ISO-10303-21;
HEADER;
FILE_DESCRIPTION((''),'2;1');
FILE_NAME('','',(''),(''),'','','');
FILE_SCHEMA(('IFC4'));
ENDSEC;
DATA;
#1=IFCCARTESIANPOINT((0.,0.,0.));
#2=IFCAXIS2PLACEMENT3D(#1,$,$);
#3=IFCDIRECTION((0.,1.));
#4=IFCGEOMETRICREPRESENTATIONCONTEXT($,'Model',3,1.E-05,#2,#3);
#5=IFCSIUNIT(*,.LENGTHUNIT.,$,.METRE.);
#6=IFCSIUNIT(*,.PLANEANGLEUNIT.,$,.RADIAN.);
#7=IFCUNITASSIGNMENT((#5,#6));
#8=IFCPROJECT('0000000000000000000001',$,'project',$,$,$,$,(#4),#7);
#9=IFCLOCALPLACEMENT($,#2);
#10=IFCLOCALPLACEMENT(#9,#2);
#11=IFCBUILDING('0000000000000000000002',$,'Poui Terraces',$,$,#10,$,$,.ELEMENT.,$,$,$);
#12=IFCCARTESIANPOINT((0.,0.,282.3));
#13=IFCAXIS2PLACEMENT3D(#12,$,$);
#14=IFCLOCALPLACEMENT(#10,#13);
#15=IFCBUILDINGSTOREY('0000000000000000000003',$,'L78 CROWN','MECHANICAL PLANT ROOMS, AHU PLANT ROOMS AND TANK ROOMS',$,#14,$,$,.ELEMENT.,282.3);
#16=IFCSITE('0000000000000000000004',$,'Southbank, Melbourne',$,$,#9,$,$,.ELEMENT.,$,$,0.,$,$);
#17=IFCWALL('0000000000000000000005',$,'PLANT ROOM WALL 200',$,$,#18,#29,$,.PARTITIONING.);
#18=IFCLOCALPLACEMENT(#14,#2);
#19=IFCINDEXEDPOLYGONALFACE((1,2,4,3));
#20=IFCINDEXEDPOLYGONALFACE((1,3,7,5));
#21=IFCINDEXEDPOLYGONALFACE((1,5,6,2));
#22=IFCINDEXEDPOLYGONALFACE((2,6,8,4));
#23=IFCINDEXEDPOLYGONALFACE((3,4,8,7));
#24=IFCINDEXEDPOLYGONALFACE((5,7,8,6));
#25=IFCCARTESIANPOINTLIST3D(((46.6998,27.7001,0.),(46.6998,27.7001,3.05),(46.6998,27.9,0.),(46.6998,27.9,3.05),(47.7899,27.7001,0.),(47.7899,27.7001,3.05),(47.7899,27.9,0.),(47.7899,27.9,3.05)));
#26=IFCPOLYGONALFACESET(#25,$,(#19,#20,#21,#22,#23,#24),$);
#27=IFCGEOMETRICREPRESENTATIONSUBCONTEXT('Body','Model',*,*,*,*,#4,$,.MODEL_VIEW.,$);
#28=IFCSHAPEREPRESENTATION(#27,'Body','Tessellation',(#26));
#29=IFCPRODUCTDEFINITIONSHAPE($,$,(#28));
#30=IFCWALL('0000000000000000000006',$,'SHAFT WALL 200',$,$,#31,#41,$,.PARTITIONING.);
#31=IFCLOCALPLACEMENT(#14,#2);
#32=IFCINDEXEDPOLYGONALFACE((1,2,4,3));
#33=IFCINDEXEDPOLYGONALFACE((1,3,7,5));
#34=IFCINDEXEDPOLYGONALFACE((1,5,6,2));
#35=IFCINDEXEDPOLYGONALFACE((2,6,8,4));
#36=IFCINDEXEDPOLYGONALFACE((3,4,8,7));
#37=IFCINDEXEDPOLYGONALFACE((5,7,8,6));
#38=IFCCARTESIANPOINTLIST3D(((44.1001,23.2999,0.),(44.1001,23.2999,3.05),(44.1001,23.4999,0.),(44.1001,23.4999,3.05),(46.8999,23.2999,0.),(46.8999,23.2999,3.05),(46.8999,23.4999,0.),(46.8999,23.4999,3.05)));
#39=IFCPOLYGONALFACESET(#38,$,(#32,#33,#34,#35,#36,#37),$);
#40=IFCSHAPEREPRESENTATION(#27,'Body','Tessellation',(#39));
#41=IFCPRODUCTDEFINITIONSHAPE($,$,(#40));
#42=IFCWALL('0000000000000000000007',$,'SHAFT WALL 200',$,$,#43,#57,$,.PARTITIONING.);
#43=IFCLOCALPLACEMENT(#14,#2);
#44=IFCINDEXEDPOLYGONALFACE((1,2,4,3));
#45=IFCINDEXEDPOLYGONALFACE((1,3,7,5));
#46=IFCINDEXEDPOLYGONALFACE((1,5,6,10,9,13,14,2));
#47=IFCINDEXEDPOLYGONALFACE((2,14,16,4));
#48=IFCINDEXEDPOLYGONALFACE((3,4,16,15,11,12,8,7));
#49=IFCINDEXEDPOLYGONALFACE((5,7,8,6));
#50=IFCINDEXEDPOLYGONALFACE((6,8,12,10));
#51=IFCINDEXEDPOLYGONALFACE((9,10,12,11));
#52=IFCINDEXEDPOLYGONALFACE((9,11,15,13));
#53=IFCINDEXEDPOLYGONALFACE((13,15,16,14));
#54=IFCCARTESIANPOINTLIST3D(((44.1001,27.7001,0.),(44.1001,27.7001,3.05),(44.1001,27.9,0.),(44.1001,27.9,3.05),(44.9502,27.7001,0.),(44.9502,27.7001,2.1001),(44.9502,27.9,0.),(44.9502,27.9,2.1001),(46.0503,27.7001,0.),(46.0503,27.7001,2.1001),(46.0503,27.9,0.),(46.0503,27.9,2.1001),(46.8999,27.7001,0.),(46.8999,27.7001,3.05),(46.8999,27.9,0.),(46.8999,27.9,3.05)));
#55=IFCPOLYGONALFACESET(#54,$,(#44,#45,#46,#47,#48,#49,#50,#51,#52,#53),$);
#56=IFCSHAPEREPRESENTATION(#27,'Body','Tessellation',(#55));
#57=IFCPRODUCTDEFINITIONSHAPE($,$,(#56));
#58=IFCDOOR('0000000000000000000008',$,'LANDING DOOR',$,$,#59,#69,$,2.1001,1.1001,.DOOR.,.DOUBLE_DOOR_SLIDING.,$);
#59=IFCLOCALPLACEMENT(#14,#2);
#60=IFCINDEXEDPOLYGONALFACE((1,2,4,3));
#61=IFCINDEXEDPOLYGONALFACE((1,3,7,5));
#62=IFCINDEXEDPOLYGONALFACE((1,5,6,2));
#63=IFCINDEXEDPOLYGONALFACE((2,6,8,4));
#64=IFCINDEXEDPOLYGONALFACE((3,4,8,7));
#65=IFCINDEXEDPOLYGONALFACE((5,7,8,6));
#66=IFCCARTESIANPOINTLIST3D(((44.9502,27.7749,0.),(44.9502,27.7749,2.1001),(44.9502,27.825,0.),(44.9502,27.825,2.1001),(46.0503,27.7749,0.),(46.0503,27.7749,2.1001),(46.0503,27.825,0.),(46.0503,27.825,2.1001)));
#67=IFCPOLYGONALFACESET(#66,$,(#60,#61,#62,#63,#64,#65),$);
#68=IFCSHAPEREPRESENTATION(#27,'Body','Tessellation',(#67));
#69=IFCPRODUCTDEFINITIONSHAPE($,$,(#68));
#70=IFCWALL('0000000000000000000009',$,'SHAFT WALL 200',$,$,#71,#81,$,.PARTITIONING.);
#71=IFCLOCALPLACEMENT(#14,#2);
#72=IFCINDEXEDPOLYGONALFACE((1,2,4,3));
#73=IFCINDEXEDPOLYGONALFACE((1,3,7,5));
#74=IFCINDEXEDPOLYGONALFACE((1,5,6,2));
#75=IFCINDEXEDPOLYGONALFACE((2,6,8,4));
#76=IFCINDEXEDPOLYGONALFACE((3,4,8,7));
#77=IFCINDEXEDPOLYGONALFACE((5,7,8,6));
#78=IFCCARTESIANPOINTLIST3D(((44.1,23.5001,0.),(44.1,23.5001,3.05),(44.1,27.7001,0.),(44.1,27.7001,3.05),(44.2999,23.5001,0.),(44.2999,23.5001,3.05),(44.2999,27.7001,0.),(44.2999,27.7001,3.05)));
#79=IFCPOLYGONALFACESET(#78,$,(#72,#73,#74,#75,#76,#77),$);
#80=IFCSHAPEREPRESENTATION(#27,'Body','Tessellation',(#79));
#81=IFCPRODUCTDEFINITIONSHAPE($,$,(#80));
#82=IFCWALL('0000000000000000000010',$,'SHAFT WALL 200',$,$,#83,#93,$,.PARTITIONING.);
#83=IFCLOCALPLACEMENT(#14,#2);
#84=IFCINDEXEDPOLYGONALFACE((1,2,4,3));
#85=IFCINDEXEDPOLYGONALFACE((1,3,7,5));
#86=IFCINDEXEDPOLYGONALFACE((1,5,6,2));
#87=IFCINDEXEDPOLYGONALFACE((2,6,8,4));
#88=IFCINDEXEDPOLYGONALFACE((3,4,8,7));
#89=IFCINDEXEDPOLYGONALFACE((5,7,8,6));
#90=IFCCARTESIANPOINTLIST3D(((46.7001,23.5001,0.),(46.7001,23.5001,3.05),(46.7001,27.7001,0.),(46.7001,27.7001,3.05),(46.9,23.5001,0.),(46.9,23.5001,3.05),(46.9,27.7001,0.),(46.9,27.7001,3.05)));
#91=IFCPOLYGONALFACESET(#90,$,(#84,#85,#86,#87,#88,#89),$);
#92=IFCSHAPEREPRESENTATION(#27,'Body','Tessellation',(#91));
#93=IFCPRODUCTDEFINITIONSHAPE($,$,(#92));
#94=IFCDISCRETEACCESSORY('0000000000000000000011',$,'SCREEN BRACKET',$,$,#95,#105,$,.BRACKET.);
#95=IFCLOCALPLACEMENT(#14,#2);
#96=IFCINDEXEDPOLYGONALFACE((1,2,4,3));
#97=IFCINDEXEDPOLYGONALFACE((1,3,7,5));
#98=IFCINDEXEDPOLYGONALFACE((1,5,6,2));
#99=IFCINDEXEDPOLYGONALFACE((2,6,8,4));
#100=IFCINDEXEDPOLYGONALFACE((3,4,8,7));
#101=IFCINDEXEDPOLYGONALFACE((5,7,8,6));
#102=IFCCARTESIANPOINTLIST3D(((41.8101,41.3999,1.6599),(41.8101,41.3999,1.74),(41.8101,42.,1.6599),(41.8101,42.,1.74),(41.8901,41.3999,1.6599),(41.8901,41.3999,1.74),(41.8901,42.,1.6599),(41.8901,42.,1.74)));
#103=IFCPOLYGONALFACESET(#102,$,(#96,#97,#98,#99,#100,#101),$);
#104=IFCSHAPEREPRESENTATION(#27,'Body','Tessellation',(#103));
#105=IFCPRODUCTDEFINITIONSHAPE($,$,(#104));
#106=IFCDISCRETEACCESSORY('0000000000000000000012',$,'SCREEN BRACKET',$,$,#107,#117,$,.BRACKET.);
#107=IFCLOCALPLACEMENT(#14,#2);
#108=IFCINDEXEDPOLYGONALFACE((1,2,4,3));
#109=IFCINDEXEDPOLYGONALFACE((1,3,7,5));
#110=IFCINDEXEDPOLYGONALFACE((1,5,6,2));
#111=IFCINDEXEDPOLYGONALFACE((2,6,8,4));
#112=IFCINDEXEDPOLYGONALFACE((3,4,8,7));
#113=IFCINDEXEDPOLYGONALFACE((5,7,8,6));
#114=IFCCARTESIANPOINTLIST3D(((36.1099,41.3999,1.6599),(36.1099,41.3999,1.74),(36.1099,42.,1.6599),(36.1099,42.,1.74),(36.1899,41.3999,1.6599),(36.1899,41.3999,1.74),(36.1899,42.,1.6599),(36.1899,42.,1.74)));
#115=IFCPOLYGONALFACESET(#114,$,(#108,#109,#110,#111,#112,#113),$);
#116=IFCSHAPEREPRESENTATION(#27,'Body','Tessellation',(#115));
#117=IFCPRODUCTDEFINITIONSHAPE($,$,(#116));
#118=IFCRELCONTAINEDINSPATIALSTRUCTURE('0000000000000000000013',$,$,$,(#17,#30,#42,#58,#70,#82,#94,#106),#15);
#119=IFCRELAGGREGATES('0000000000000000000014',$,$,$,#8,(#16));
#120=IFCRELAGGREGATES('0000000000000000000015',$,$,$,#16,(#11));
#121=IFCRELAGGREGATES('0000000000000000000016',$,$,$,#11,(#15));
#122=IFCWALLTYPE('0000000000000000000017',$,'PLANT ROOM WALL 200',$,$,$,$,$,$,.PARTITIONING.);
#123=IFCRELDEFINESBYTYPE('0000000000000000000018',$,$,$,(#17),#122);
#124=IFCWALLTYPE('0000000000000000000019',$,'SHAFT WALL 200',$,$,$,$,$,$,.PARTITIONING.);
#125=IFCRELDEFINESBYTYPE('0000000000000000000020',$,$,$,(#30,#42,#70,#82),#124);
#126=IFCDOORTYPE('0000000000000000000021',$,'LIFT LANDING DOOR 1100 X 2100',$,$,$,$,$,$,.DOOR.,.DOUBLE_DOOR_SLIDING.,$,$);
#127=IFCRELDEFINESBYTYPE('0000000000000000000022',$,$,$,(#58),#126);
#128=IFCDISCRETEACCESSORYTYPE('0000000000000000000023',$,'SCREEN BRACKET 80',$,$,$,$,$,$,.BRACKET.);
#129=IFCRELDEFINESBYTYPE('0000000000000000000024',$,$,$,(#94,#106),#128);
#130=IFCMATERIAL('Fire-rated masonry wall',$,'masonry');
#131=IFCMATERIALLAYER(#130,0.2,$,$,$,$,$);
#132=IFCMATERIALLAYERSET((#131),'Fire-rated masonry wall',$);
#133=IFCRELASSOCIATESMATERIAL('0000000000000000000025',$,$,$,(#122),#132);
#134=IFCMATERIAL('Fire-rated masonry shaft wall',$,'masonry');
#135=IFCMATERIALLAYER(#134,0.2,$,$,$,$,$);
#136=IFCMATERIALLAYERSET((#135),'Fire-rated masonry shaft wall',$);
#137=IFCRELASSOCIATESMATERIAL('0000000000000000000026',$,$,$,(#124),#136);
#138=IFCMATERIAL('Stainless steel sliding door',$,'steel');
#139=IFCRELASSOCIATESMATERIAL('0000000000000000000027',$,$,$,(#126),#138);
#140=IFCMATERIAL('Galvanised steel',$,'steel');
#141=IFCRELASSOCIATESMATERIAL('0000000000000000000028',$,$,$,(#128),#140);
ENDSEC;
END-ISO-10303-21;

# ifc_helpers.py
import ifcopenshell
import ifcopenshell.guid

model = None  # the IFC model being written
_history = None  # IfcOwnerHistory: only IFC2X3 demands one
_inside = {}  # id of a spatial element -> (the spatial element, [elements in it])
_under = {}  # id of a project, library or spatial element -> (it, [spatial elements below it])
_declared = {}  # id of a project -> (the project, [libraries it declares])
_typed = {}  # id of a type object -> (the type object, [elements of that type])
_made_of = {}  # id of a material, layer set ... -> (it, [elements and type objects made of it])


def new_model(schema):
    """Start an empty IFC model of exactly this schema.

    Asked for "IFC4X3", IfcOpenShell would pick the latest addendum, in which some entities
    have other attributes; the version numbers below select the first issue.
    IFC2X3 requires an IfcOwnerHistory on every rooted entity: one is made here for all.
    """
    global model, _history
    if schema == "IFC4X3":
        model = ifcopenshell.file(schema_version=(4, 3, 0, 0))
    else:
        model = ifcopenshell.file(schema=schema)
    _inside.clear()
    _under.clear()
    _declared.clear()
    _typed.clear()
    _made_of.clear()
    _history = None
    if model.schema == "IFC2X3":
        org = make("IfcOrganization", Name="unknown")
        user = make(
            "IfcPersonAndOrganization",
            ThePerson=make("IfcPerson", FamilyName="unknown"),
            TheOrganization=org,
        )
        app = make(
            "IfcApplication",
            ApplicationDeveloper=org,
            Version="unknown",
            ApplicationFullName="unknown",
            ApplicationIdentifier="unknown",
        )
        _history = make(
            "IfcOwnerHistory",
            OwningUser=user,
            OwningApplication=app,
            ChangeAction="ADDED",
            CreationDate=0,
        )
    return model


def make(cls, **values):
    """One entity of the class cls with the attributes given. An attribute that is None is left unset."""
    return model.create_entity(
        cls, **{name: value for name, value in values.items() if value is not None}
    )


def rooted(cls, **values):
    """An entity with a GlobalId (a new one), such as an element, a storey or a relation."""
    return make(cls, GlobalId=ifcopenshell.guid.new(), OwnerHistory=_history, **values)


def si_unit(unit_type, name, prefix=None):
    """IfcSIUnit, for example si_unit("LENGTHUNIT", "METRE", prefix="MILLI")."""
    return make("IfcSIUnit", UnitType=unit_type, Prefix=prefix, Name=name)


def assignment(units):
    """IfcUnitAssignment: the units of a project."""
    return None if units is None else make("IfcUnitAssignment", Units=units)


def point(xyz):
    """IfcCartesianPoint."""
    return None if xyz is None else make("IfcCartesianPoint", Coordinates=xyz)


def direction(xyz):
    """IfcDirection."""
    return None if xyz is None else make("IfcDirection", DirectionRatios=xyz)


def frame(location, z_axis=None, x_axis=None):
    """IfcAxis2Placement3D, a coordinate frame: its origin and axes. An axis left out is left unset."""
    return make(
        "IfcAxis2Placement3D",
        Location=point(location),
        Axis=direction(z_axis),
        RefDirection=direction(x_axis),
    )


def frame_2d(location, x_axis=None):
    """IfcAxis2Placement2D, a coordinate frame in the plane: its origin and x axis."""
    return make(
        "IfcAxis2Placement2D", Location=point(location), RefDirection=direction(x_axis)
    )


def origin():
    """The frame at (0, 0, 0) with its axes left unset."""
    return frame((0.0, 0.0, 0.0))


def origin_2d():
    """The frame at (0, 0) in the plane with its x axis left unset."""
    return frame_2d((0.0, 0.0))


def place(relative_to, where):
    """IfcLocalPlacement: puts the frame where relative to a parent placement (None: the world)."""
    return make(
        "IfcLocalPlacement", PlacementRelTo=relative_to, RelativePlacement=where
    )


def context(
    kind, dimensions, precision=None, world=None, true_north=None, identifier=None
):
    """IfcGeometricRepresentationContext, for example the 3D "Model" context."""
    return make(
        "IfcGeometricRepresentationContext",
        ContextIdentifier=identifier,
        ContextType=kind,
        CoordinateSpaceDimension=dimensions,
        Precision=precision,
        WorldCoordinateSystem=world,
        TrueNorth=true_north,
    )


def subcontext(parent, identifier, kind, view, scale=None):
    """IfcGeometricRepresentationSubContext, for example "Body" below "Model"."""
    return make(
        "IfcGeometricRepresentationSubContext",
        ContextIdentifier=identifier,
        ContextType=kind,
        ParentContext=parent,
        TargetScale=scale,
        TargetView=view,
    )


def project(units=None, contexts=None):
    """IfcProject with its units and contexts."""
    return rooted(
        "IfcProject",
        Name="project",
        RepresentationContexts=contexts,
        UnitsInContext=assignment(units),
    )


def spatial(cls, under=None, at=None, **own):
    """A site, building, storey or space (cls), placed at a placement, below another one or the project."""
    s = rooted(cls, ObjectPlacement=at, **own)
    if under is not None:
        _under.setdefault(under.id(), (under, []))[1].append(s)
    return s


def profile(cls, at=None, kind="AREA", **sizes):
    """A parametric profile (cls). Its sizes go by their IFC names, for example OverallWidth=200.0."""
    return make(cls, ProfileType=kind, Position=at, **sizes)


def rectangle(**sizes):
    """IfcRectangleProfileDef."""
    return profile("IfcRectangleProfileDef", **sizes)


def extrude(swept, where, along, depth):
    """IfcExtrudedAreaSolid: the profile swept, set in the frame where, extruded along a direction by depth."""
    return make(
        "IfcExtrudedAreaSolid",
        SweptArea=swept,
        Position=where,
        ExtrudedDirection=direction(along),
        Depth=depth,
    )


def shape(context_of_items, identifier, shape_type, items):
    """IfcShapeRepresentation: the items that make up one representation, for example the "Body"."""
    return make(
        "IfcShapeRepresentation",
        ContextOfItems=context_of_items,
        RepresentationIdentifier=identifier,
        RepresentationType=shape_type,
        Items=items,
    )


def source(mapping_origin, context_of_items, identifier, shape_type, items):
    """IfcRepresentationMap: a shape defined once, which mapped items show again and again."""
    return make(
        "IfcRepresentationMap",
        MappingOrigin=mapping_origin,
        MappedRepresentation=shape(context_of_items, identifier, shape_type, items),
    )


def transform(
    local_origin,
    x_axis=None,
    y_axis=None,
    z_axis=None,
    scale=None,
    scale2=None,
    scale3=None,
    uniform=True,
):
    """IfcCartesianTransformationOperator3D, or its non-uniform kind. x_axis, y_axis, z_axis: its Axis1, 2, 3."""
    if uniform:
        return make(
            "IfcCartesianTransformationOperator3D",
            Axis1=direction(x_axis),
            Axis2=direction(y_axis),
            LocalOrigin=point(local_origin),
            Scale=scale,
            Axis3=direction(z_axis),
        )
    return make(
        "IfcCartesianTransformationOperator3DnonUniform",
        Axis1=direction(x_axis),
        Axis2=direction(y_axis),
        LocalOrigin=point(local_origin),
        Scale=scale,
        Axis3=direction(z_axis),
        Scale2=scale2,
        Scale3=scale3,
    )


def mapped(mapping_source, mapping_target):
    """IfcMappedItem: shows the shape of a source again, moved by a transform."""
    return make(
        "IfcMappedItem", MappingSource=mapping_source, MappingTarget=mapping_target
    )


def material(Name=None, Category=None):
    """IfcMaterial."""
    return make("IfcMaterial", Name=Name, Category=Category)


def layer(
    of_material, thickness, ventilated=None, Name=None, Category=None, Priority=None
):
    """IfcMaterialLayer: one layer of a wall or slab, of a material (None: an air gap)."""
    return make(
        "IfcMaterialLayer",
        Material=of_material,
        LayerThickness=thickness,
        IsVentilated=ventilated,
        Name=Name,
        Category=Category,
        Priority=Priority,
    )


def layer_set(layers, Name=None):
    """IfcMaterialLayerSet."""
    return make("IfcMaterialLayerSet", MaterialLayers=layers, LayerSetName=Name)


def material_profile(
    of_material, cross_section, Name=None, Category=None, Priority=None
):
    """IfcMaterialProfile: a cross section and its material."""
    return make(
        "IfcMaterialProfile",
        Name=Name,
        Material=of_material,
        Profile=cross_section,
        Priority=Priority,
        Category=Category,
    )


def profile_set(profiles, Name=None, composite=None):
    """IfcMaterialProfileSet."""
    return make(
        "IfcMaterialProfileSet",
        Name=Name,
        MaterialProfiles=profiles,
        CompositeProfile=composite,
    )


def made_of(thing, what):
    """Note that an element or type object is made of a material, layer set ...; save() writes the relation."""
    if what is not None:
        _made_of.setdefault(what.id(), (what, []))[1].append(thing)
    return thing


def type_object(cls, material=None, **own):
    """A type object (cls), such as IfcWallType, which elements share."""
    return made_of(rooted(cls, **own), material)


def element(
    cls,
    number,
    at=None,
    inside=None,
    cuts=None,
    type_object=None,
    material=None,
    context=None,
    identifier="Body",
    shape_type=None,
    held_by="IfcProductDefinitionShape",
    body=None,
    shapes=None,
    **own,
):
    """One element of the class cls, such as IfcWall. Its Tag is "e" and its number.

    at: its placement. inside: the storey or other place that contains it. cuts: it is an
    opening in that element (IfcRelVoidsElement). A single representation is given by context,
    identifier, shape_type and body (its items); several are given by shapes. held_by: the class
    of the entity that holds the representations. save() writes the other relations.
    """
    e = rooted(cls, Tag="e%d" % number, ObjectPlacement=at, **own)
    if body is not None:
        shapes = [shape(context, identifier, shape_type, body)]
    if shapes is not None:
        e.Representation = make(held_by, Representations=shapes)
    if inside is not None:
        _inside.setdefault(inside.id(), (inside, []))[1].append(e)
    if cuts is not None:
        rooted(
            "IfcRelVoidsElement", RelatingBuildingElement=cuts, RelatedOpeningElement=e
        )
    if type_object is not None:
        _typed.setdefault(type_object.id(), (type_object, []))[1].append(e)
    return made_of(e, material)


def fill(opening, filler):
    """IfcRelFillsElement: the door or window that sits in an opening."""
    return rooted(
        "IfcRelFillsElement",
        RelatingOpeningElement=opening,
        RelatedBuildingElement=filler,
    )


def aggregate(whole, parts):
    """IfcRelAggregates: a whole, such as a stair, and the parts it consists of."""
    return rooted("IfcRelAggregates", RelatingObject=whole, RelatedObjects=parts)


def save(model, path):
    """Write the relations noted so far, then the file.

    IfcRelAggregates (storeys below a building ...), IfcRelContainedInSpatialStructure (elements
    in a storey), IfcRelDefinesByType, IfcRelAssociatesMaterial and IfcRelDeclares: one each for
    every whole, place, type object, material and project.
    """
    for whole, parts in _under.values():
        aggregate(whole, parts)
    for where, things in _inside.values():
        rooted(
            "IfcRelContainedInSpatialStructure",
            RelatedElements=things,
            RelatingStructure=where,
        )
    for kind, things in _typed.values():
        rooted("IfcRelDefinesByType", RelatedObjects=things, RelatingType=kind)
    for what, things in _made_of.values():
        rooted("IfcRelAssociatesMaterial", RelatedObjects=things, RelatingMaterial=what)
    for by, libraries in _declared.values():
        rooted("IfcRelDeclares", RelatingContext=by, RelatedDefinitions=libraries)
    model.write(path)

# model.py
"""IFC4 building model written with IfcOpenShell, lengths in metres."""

from ifc_helpers import new_model, si_unit, direction, frame, frame_2d, origin, origin_2d, place, context, subcontext, project, spatial, rectangle, extrude, source, transform, mapped, material, layer, layer_set, material_profile, profile_set, type_object, element, fill, save


model = new_model("IFC4")

# Units and contexts
model_context = context("Model", 3, precision=1e-05, world=origin(), true_north=direction((0.0, 1.0)))
body_context = subcontext(model_context, "Body", "Model", "MODEL_VIEW")
ifc_project = project(units=[si_unit("LENGTHUNIT", "METRE"), si_unit("PLANEANGLEUNIT", "RADIAN")], contexts=[model_context])

# Site, building, storey
site_placement = place(None, origin())
site = spatial("IfcSite", under=ifc_project, at=site_placement, Name="Southbank, Melbourne", CompositionType="ELEMENT", RefElevation=0.0)
building_placement = place(site_placement, origin())
building = spatial("IfcBuilding", under=site, at=building_placement, Name="Poui Terraces", CompositionType="ELEMENT")
storey_placement = place(building_placement, frame((0.0, 0.0, 282.3)))
storey = spatial("IfcBuildingStorey", under=building, at=storey_placement, Name="L78 CROWN", Description="MECHANICAL PLANT ROOMS, AHU PLANT ROOMS AND TANK ROOMS", CompositionType="ELEMENT", Elevation=282.3)

# Walls
ifc_material_1 = material(Name="Fire-rated masonry wall", Category="masonry")
ifc_layer_1 = layer(ifc_material_1, 0.2)
ifc_layer_set_1 = layer_set([ifc_layer_1], Name="Fire-rated masonry wall")
wall_type_1 = type_object("IfcWallType", Name="PLANT ROOM WALL 200", PredefinedType="PARTITIONING", material=ifc_layer_set_1)
wall_1_placement = place(storey_placement, frame((46.7, 27.8, 0.0), z_axis=(0.0, 0.0, 1.0), x_axis=(1.0, 0.0, 0.0)))
element("IfcWall", 1, at=wall_1_placement, inside=storey, type_object=wall_type_1, Name="PLANT ROOM WALL 200", PredefinedType="PARTITIONING", context=body_context, shape_type="SweptSolid", body=[
    extrude(rectangle(XDim=1.0901, YDim=0.2, at=frame_2d((0.5449, 0.0))), origin(), (0.0, 0.0, 1.0), 3.05),
])
ifc_material_2 = material(Name="Fire-rated masonry shaft wall", Category="masonry")
ifc_layer_2 = layer(ifc_material_2, 0.2)
ifc_layer_set_2 = layer_set([ifc_layer_2], Name="Fire-rated masonry shaft wall")
wall_type_2 = type_object("IfcWallType", Name="SHAFT WALL 200", PredefinedType="PARTITIONING", material=ifc_layer_set_2)
wall_2_placement = place(storey_placement, frame((44.1001, 23.3999, 0.0), z_axis=(0.0, 0.0, 1.0), x_axis=(1.0, 0.0, 0.0)))
element("IfcWall", 2, at=wall_2_placement, inside=storey, type_object=wall_type_2, Name="SHAFT WALL 200", PredefinedType="PARTITIONING", context=body_context, shape_type="SweptSolid", body=[
    extrude(rectangle(XDim=2.7998, YDim=0.2, at=frame_2d((1.3999, 0.0))), origin(), (0.0, 0.0, 1.0), 3.05),
])

# Wall, opening, door
wall_3_placement = place(storey_placement, frame((44.1001, 27.8, 0.0), z_axis=(0.0, 0.0, 1.0), x_axis=(1.0, 0.0, 0.0)))
wall_3 = element("IfcWall", 3, at=wall_3_placement, inside=storey, type_object=wall_type_2, Name="SHAFT WALL 200", PredefinedType="PARTITIONING", context=body_context, shape_type="SweptSolid", body=[
    extrude(rectangle(XDim=2.7998, YDim=0.2, at=frame_2d((1.3999, 0.0))), origin(), (0.0, 0.0, 1.0), 3.05),
])
opening_1_placement = place(wall_3_placement, frame((0.8501, 0.0, 0.0)))
opening_1 = element("IfcOpeningElement", 4, at=opening_1_placement, cuts=wall_3, PredefinedType="OPENING", context=body_context, shape_type="SweptSolid", body=[
    extrude(rectangle(XDim=1.1001, YDim=2.1001, at=frame_2d((0.55, 1.05))), frame((0.0, 0.1099, 0.0), z_axis=(0.0, -1.0, 0.0), x_axis=(1.0, 0.0, 0.0)), (0.0, 0.0, 1.0), 0.22),
])
ifc_material_3 = material(Name="Stainless steel sliding door", Category="steel")
door_type_1 = type_object("IfcDoorType", Name="LIFT LANDING DOOR 1100 X 2100", OperationType="DOUBLE_DOOR_SLIDING", PredefinedType="DOOR", material=ifc_material_3)
door_1_placement = place(opening_1_placement, origin())
door_1 = element("IfcDoor", 5, at=door_1_placement, inside=storey, type_object=door_type_1, Name="LANDING DOOR", OperationType="DOUBLE_DOOR_SLIDING", OverallHeight=2.1001, OverallWidth=1.1001, PredefinedType="DOOR", context=body_context, shape_type="SweptSolid", body=[
    extrude(rectangle(XDim=1.1001, YDim=2.1001, at=frame_2d((0.55, 1.05))), frame((0.0, 0.0249, 0.0), z_axis=(0.0, -1.0, 0.0), x_axis=(1.0, 0.0, 0.0)), (0.0, 0.0, 1.0), 0.05),
])
fill(opening_1, door_1)

# Walls
for number, where, z_axis, x_axis, name in (
    (6, (44.2, 23.5, 0.0), (0.0, 0.0, 1.0), (0.0, 1.0, 0.0), "SHAFT WALL 200"),
    (7, (46.8, 23.5, 0.0), (0.0, 0.0, 1.0), (0.0, 1.0, 0.0), "SHAFT WALL 200"),
):
    element("IfcWall", number, at=place(storey_placement, frame(where, z_axis=z_axis, x_axis=x_axis)), inside=storey, type_object=wall_type_2, Name=name, PredefinedType="PARTITIONING", context=body_context, shape_type="SweptSolid", body=[
        extrude(rectangle(XDim=4.2, YDim=0.2, at=frame_2d((2.1001, 0.0))), origin(), (0.0, 0.0, 1.0), 3.05),
    ])

# Discrete accessories
ifc_material_4 = material(Name="Galvanised steel", Category="steel")
ifc_material_profile_1 = material_profile(ifc_material_4, rectangle(XDim=0.0801, YDim=0.0801, at=origin_2d()), Name="SCREEN BRACKET 80")
ifc_profile_set_1 = profile_set([ifc_material_profile_1], Name="Galvanised steel")
discrete_accessory_type = type_object("IfcDiscreteAccessoryType", Name="SCREEN BRACKET 80", PredefinedType="BRACKET", material=ifc_profile_set_1)
shared_shape_1 = source(origin(), body_context, "Body", "SweptSolid", [
    extrude(rectangle(XDim=0.0801, YDim=0.0801, at=origin_2d()), origin(), (0.0, 0.0, 1.0), 0.6001),
])
for number, where, z_axis, x_axis, name in (
    (8, (41.8501, 41.3999, 1.7), (0.0, 1.0, 0.0), (-1.0, 0.0, 0.0), "SCREEN BRACKET"),
    (9, (36.1499, 41.3999, 1.7), (0.0, 1.0, 0.0), (-1.0, 0.0, 0.0), "SCREEN BRACKET"),
):
    element("IfcDiscreteAccessory", number, at=place(storey_placement, frame(where, z_axis=z_axis, x_axis=x_axis)), inside=storey, type_object=discrete_accessory_type, Name=name, PredefinedType="BRACKET", context=body_context, shape_type="MappedRepresentation", body=[
        mapped(shared_shape_1, transform((0.0, 0.0, 0.0))),
    ])

save(model, "model.ifc")
